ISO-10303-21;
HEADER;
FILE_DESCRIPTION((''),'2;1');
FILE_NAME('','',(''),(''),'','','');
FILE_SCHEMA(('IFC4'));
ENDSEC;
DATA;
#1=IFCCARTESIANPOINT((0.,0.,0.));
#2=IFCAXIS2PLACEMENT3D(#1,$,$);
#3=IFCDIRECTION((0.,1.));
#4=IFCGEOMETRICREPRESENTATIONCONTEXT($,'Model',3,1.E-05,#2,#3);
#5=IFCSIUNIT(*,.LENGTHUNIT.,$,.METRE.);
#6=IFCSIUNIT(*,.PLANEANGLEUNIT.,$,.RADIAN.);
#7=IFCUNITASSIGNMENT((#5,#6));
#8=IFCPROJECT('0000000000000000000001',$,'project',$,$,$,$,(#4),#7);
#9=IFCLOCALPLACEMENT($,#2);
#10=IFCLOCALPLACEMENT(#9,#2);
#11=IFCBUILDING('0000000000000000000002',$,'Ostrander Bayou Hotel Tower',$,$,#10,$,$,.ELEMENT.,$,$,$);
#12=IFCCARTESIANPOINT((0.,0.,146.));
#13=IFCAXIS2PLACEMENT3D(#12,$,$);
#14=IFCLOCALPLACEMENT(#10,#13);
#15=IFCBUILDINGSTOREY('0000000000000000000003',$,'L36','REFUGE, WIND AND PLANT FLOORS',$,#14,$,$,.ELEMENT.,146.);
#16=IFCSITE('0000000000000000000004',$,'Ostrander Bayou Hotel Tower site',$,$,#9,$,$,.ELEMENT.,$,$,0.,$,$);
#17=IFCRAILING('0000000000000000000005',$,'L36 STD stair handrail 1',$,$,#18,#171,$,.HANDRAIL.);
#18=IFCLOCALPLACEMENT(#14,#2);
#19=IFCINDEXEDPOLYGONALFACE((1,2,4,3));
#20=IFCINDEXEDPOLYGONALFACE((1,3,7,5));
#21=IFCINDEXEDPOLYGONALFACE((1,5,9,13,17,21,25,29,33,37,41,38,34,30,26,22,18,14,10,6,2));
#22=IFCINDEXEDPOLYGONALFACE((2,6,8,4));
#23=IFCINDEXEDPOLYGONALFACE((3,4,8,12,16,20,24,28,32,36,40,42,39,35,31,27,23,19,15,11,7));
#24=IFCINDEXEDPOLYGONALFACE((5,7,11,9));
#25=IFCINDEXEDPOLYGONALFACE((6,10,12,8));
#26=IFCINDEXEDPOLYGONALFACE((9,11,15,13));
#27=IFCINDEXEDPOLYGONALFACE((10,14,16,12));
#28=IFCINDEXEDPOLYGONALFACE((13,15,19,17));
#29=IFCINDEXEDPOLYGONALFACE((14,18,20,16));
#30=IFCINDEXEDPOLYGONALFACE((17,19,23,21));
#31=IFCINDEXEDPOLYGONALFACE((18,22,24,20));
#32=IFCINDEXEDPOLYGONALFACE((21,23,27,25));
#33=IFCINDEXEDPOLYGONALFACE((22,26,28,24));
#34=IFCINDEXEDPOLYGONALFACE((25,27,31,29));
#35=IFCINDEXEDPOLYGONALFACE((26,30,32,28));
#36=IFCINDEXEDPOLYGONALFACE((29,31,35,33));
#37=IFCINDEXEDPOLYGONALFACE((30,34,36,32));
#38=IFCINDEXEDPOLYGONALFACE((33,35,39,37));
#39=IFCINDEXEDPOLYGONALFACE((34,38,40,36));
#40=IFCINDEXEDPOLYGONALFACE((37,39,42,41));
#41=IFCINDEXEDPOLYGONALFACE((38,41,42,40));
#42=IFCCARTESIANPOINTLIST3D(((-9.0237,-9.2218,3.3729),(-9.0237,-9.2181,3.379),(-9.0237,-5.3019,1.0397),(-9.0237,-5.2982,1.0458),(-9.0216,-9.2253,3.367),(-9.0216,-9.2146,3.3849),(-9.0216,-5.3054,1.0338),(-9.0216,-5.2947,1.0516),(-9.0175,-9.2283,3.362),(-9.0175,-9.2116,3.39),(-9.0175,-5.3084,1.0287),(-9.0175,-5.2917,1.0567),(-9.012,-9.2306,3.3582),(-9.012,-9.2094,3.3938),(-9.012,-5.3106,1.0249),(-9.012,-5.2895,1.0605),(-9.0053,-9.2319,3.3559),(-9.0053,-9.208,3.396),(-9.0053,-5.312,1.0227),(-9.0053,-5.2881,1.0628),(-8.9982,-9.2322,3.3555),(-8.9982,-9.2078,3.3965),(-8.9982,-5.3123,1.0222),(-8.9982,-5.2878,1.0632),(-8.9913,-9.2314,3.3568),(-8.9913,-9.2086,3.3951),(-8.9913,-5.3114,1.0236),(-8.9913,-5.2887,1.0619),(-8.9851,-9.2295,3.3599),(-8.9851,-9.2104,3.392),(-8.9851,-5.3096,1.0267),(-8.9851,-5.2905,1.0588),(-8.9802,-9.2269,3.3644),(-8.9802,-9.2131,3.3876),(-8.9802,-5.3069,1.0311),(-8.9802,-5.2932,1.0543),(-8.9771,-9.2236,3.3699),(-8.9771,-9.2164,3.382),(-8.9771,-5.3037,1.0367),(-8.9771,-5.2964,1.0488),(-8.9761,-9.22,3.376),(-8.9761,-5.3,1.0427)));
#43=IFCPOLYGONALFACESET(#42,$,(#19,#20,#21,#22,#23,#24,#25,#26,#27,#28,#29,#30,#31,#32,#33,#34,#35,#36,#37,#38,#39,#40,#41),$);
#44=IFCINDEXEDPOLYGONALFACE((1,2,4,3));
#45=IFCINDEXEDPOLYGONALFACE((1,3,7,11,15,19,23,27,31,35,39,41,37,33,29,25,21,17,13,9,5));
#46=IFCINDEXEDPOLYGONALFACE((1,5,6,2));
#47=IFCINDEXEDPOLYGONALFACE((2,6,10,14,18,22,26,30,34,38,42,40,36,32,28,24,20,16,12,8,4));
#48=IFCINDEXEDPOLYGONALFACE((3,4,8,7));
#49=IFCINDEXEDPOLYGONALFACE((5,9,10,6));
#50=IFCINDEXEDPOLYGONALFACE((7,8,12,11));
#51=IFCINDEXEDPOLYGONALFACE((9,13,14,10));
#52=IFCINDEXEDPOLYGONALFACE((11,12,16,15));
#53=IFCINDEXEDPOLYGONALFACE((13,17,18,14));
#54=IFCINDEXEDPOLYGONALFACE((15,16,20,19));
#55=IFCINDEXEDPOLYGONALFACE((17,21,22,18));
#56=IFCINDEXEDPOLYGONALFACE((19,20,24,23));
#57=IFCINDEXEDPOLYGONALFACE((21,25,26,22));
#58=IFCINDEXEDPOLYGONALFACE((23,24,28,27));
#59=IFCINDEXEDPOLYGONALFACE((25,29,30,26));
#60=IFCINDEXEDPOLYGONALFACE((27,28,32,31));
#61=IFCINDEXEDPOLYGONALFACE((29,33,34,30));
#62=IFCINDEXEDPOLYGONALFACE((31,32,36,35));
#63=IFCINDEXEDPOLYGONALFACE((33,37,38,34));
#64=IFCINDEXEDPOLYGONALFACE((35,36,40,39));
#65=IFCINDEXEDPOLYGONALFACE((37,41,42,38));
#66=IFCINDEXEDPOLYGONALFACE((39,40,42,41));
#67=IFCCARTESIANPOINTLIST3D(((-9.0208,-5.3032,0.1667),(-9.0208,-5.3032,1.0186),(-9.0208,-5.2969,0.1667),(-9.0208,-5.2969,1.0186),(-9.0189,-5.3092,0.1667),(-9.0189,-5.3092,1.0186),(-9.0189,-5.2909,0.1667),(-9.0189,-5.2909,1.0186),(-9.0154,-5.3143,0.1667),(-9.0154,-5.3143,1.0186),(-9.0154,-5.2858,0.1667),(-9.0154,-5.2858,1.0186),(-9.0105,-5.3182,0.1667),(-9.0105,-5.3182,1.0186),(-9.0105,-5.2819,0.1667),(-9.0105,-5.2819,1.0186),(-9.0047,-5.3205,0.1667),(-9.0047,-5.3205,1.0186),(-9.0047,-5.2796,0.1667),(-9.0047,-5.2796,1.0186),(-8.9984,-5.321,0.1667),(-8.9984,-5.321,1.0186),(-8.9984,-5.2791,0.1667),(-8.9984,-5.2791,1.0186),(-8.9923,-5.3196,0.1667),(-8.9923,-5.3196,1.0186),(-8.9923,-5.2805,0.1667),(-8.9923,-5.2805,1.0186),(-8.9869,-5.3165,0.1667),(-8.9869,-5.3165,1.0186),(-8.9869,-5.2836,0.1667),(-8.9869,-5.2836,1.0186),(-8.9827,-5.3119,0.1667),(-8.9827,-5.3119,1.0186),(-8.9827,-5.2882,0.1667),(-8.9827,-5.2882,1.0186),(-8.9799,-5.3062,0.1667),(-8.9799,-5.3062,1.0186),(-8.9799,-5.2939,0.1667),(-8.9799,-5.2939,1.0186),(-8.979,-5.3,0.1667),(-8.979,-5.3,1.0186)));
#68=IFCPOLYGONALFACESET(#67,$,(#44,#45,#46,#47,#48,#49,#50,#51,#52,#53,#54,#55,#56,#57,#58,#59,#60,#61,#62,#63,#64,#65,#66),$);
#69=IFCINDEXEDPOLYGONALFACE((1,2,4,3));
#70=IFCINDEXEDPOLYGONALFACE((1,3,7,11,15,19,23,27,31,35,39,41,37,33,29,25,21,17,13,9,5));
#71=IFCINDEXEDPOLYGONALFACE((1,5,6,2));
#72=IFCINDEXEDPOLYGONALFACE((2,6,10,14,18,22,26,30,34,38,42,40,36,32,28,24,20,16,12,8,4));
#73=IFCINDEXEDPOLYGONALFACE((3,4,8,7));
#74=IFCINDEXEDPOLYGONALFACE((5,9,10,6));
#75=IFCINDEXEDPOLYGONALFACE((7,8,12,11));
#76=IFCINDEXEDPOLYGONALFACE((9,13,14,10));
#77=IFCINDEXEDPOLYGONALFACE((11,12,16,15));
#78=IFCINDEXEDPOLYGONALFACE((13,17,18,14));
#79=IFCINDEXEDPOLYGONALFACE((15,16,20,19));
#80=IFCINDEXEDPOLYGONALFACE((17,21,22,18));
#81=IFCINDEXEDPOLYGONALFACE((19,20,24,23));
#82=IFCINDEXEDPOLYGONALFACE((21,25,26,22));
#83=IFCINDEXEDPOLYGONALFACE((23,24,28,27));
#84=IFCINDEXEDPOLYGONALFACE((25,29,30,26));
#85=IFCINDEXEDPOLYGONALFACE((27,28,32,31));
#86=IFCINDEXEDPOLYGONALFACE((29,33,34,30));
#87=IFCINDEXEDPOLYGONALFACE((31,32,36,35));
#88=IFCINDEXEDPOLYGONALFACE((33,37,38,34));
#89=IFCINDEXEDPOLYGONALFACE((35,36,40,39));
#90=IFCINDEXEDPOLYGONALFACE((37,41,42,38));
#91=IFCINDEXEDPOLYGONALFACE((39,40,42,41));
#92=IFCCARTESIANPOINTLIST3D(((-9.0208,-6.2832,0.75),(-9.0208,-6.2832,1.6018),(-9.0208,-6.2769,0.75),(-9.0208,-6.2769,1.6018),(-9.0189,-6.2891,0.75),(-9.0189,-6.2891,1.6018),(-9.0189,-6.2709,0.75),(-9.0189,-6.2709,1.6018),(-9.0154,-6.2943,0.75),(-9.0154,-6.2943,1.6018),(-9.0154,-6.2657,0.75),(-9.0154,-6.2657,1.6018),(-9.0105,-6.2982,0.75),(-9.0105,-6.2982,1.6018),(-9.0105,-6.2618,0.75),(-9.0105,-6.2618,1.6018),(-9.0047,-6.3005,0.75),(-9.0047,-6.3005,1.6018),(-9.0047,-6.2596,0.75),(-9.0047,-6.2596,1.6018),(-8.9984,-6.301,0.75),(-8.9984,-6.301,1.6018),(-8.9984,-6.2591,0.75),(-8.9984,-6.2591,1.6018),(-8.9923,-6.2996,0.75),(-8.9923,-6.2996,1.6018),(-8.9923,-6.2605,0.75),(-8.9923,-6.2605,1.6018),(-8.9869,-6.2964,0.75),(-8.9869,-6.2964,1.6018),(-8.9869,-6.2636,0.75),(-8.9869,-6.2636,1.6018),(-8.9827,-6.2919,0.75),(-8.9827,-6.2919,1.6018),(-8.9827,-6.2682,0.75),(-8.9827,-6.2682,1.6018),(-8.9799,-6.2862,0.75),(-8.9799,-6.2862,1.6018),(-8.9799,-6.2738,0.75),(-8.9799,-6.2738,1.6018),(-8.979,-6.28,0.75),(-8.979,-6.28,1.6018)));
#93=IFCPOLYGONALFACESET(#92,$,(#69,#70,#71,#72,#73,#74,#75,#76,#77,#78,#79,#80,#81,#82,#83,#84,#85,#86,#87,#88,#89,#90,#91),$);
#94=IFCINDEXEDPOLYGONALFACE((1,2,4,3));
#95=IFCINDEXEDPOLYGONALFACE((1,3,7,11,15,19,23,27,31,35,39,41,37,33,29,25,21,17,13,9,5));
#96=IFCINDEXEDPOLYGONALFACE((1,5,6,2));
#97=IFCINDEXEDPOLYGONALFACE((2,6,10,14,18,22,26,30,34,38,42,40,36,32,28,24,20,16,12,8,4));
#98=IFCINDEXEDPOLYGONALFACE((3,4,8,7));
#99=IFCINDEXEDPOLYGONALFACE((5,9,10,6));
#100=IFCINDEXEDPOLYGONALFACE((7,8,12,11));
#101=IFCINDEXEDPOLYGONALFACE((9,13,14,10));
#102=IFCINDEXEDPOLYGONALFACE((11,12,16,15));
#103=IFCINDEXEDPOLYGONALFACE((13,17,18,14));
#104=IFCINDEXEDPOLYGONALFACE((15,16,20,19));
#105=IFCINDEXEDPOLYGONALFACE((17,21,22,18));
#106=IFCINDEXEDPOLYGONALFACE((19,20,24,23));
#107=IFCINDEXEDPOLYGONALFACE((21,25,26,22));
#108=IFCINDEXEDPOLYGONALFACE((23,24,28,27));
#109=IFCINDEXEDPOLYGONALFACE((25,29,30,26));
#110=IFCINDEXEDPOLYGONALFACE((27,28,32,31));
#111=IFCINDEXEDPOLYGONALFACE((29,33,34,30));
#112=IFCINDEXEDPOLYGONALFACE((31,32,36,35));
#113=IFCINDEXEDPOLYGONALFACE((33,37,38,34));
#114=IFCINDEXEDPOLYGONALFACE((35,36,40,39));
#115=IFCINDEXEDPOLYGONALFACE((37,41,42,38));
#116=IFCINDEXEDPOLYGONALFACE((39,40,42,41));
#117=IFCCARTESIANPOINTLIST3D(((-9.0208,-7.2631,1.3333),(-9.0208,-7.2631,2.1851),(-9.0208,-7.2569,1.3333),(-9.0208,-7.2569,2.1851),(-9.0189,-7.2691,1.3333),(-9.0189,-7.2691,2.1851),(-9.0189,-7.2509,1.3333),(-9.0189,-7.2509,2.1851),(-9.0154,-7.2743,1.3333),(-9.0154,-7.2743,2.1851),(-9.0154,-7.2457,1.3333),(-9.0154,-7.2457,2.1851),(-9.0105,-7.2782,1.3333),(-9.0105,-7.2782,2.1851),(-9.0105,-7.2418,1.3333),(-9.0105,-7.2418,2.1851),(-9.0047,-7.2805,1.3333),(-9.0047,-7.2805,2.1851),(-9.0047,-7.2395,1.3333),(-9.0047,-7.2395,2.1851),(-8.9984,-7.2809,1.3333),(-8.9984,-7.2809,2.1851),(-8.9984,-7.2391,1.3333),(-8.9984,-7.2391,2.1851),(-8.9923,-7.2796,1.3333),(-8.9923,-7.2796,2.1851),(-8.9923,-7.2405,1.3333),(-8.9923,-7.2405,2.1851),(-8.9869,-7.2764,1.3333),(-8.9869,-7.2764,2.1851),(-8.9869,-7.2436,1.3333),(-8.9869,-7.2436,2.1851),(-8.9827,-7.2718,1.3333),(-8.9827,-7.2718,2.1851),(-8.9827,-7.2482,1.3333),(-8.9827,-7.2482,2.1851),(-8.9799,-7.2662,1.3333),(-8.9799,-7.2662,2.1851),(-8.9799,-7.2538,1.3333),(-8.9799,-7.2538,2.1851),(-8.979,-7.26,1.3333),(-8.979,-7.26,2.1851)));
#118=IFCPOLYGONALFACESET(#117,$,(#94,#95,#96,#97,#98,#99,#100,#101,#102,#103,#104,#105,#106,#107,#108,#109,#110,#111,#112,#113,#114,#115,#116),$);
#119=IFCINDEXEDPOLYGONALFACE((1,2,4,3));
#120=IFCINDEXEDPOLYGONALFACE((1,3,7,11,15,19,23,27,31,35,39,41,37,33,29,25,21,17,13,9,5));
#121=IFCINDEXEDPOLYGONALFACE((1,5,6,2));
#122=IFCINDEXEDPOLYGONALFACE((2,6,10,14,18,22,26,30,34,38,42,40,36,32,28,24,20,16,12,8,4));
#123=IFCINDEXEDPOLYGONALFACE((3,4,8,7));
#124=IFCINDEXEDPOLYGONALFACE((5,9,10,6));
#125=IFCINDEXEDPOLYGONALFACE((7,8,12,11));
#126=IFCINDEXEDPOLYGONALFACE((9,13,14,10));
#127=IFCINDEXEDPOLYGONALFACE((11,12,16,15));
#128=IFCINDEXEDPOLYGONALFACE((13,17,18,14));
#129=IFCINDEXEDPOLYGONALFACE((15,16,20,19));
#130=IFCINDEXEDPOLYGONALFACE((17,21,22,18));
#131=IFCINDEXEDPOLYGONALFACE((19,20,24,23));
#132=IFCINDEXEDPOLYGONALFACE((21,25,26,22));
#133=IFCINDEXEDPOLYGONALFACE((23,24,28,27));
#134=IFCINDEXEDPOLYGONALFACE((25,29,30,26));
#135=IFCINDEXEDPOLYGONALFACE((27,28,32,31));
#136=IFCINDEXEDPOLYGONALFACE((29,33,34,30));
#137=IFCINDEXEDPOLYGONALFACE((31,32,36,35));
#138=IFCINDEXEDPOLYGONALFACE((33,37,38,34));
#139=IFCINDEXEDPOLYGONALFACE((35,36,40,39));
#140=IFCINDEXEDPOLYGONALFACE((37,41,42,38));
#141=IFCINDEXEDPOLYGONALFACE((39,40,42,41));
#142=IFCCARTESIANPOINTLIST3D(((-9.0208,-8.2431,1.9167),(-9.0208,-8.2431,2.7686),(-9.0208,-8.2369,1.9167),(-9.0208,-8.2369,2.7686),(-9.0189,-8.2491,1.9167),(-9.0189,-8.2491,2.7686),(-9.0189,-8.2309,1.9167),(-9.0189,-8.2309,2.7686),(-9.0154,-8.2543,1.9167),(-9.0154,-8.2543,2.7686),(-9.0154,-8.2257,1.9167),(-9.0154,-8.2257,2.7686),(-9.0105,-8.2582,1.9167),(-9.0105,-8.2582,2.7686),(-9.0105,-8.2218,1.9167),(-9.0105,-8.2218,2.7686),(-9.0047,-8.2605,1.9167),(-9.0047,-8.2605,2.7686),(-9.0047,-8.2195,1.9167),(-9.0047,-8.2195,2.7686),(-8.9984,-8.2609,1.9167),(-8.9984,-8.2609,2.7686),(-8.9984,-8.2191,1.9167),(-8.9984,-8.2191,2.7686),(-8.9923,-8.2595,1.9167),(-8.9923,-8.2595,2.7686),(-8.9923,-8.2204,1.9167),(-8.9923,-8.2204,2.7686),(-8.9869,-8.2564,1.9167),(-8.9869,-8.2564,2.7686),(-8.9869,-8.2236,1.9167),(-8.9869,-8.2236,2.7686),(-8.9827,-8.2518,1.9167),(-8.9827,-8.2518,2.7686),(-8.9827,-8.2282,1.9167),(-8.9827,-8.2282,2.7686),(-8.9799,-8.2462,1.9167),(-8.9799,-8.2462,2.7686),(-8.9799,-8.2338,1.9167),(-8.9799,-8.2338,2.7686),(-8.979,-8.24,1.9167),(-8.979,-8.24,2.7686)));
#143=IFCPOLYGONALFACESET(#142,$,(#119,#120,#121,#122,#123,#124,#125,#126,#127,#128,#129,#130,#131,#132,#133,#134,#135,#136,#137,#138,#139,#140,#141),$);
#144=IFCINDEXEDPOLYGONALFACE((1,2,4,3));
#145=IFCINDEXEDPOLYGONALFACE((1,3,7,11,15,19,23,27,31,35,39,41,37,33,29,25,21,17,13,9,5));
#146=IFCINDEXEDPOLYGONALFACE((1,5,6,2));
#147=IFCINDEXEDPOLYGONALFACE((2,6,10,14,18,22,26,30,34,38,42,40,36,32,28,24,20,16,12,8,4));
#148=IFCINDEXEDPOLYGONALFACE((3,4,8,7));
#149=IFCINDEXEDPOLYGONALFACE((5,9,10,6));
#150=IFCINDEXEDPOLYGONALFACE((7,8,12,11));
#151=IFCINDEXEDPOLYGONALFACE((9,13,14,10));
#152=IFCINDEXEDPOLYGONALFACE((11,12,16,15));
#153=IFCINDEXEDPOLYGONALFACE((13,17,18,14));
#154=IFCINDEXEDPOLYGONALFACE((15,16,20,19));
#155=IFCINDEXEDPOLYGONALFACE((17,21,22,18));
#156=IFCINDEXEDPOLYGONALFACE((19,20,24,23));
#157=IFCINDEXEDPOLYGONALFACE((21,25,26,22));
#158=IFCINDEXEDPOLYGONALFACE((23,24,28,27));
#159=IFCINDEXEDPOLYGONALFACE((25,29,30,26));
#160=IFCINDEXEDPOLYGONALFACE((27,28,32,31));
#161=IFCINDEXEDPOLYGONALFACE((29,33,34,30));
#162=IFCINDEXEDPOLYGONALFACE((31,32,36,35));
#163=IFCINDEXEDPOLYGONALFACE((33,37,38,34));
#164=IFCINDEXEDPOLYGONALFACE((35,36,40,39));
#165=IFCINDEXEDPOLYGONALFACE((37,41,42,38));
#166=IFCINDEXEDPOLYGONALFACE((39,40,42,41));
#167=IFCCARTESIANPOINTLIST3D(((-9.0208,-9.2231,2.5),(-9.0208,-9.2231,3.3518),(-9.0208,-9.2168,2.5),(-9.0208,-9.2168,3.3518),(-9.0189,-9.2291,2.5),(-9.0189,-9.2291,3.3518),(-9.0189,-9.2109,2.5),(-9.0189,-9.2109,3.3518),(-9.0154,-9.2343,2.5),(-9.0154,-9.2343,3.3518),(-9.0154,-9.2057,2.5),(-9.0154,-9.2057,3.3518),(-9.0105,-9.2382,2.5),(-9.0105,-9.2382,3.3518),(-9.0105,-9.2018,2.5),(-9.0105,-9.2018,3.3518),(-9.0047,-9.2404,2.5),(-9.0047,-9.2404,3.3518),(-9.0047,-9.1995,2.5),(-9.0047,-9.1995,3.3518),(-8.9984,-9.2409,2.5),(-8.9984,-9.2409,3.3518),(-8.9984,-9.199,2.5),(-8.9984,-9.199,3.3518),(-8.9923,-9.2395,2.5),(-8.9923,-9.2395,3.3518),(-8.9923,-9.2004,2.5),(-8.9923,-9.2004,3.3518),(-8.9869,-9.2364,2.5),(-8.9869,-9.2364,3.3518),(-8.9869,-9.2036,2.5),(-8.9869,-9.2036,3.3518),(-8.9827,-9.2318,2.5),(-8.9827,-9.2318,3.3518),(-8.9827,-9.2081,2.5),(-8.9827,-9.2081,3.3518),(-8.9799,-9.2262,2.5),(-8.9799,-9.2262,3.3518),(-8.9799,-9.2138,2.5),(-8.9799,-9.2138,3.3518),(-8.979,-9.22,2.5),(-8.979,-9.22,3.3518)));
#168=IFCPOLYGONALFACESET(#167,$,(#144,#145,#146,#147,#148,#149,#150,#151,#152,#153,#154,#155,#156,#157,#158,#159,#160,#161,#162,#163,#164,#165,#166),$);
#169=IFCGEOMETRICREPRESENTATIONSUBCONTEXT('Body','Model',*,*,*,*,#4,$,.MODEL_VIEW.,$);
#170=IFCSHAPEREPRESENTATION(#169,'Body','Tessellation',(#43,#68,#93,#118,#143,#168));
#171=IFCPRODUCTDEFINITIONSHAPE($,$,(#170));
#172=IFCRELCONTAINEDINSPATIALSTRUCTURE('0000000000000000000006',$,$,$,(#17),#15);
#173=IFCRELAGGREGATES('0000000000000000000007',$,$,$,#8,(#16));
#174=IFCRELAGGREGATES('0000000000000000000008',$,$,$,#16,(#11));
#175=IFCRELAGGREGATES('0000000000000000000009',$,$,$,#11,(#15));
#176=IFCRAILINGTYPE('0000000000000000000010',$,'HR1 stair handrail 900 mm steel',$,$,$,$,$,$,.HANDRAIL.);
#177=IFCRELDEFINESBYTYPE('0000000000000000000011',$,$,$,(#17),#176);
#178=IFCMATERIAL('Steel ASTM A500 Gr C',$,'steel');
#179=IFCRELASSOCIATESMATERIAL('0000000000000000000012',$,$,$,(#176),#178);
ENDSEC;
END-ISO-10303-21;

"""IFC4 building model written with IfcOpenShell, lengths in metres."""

from ifc_helpers import new_model, si_unit, direction, frame, origin, origin_2d, place, context, subcontext, project, spatial, circle, extrude, material, type_object, element, save


model = new_model("IFC4")

# Units and contexts
model_context = context("Model", 3, precision=1e-05, world=origin(), true_north=direction((0.0, 1.0)))
body_context = subcontext(model_context, "Body", "Model", "MODEL_VIEW")
ifc_project = project(units=[si_unit("LENGTHUNIT", "METRE"), si_unit("PLANEANGLEUNIT", "RADIAN")], contexts=[model_context])

# Site, building, storey
site_placement = place(None, origin())
site = spatial("IfcSite", under=ifc_project, at=site_placement, Name="Ostrander Bayou Hotel Tower site", CompositionType="ELEMENT", RefElevation=0.0)
building_placement = place(site_placement, origin())
building = spatial("IfcBuilding", under=site, at=building_placement, Name="Ostrander Bayou Hotel Tower", CompositionType="ELEMENT")
storey_placement = place(building_placement, frame((0.0, 0.0, 146.0)))
storey = spatial("IfcBuildingStorey", under=building, at=storey_placement, Name="L36", Description="REFUGE, WIND AND PLANT FLOORS", CompositionType="ELEMENT", Elevation=146.0)

# Railing
ifc_material_1 = material(Name="Steel ASTM A500 Gr C", Category="steel")
railing_type_1 = type_object("IfcRailingType", Name="HR1 stair handrail 900 mm steel", PredefinedType="HANDRAIL", material=ifc_material_1)
railing_1_placement = place(storey_placement, frame((-9.0, -5.3, 0.1667)))
element("IfcRailing", 1, at=railing_1_placement, inside=storey, type_object=railing_type_1, Name="L36 STD stair handrail 1", PredefinedType="HANDRAIL", context=body_context, shape_type="SweptSolid", body=[
    extrude(circle(Radius=0.0239, at=origin_2d()), frame((0.0, 0.0, 0.876), z_axis=(0.0, -0.859296, 0.511478), x_axis=(1.0, 0.0, 0.0)), (0.0, 0.0, 1.0), 4.5618),
    extrude(circle(Radius=0.021, at=origin_2d()), origin(), (0.0, 0.0, 1.0), 0.8518),
    extrude(circle(Radius=0.021, at=origin_2d()), frame((0.0, -0.98, 0.5833)), (0.0, 0.0, 1.0), 0.8518),
    extrude(circle(Radius=0.021, at=origin_2d()), frame((0.0, -1.96, 1.1665)), (0.0, 0.0, 1.0), 0.8518),
    extrude(circle(Radius=0.021, at=origin_2d()), frame((0.0, -2.9399, 1.75)), (0.0, 0.0, 1.0), 0.8518),
    extrude(circle(Radius=0.021, at=origin_2d()), frame((0.0, -3.9199, 2.3333)), (0.0, 0.0, 1.0), 0.8518),
])

save(model, "model.ifc")
